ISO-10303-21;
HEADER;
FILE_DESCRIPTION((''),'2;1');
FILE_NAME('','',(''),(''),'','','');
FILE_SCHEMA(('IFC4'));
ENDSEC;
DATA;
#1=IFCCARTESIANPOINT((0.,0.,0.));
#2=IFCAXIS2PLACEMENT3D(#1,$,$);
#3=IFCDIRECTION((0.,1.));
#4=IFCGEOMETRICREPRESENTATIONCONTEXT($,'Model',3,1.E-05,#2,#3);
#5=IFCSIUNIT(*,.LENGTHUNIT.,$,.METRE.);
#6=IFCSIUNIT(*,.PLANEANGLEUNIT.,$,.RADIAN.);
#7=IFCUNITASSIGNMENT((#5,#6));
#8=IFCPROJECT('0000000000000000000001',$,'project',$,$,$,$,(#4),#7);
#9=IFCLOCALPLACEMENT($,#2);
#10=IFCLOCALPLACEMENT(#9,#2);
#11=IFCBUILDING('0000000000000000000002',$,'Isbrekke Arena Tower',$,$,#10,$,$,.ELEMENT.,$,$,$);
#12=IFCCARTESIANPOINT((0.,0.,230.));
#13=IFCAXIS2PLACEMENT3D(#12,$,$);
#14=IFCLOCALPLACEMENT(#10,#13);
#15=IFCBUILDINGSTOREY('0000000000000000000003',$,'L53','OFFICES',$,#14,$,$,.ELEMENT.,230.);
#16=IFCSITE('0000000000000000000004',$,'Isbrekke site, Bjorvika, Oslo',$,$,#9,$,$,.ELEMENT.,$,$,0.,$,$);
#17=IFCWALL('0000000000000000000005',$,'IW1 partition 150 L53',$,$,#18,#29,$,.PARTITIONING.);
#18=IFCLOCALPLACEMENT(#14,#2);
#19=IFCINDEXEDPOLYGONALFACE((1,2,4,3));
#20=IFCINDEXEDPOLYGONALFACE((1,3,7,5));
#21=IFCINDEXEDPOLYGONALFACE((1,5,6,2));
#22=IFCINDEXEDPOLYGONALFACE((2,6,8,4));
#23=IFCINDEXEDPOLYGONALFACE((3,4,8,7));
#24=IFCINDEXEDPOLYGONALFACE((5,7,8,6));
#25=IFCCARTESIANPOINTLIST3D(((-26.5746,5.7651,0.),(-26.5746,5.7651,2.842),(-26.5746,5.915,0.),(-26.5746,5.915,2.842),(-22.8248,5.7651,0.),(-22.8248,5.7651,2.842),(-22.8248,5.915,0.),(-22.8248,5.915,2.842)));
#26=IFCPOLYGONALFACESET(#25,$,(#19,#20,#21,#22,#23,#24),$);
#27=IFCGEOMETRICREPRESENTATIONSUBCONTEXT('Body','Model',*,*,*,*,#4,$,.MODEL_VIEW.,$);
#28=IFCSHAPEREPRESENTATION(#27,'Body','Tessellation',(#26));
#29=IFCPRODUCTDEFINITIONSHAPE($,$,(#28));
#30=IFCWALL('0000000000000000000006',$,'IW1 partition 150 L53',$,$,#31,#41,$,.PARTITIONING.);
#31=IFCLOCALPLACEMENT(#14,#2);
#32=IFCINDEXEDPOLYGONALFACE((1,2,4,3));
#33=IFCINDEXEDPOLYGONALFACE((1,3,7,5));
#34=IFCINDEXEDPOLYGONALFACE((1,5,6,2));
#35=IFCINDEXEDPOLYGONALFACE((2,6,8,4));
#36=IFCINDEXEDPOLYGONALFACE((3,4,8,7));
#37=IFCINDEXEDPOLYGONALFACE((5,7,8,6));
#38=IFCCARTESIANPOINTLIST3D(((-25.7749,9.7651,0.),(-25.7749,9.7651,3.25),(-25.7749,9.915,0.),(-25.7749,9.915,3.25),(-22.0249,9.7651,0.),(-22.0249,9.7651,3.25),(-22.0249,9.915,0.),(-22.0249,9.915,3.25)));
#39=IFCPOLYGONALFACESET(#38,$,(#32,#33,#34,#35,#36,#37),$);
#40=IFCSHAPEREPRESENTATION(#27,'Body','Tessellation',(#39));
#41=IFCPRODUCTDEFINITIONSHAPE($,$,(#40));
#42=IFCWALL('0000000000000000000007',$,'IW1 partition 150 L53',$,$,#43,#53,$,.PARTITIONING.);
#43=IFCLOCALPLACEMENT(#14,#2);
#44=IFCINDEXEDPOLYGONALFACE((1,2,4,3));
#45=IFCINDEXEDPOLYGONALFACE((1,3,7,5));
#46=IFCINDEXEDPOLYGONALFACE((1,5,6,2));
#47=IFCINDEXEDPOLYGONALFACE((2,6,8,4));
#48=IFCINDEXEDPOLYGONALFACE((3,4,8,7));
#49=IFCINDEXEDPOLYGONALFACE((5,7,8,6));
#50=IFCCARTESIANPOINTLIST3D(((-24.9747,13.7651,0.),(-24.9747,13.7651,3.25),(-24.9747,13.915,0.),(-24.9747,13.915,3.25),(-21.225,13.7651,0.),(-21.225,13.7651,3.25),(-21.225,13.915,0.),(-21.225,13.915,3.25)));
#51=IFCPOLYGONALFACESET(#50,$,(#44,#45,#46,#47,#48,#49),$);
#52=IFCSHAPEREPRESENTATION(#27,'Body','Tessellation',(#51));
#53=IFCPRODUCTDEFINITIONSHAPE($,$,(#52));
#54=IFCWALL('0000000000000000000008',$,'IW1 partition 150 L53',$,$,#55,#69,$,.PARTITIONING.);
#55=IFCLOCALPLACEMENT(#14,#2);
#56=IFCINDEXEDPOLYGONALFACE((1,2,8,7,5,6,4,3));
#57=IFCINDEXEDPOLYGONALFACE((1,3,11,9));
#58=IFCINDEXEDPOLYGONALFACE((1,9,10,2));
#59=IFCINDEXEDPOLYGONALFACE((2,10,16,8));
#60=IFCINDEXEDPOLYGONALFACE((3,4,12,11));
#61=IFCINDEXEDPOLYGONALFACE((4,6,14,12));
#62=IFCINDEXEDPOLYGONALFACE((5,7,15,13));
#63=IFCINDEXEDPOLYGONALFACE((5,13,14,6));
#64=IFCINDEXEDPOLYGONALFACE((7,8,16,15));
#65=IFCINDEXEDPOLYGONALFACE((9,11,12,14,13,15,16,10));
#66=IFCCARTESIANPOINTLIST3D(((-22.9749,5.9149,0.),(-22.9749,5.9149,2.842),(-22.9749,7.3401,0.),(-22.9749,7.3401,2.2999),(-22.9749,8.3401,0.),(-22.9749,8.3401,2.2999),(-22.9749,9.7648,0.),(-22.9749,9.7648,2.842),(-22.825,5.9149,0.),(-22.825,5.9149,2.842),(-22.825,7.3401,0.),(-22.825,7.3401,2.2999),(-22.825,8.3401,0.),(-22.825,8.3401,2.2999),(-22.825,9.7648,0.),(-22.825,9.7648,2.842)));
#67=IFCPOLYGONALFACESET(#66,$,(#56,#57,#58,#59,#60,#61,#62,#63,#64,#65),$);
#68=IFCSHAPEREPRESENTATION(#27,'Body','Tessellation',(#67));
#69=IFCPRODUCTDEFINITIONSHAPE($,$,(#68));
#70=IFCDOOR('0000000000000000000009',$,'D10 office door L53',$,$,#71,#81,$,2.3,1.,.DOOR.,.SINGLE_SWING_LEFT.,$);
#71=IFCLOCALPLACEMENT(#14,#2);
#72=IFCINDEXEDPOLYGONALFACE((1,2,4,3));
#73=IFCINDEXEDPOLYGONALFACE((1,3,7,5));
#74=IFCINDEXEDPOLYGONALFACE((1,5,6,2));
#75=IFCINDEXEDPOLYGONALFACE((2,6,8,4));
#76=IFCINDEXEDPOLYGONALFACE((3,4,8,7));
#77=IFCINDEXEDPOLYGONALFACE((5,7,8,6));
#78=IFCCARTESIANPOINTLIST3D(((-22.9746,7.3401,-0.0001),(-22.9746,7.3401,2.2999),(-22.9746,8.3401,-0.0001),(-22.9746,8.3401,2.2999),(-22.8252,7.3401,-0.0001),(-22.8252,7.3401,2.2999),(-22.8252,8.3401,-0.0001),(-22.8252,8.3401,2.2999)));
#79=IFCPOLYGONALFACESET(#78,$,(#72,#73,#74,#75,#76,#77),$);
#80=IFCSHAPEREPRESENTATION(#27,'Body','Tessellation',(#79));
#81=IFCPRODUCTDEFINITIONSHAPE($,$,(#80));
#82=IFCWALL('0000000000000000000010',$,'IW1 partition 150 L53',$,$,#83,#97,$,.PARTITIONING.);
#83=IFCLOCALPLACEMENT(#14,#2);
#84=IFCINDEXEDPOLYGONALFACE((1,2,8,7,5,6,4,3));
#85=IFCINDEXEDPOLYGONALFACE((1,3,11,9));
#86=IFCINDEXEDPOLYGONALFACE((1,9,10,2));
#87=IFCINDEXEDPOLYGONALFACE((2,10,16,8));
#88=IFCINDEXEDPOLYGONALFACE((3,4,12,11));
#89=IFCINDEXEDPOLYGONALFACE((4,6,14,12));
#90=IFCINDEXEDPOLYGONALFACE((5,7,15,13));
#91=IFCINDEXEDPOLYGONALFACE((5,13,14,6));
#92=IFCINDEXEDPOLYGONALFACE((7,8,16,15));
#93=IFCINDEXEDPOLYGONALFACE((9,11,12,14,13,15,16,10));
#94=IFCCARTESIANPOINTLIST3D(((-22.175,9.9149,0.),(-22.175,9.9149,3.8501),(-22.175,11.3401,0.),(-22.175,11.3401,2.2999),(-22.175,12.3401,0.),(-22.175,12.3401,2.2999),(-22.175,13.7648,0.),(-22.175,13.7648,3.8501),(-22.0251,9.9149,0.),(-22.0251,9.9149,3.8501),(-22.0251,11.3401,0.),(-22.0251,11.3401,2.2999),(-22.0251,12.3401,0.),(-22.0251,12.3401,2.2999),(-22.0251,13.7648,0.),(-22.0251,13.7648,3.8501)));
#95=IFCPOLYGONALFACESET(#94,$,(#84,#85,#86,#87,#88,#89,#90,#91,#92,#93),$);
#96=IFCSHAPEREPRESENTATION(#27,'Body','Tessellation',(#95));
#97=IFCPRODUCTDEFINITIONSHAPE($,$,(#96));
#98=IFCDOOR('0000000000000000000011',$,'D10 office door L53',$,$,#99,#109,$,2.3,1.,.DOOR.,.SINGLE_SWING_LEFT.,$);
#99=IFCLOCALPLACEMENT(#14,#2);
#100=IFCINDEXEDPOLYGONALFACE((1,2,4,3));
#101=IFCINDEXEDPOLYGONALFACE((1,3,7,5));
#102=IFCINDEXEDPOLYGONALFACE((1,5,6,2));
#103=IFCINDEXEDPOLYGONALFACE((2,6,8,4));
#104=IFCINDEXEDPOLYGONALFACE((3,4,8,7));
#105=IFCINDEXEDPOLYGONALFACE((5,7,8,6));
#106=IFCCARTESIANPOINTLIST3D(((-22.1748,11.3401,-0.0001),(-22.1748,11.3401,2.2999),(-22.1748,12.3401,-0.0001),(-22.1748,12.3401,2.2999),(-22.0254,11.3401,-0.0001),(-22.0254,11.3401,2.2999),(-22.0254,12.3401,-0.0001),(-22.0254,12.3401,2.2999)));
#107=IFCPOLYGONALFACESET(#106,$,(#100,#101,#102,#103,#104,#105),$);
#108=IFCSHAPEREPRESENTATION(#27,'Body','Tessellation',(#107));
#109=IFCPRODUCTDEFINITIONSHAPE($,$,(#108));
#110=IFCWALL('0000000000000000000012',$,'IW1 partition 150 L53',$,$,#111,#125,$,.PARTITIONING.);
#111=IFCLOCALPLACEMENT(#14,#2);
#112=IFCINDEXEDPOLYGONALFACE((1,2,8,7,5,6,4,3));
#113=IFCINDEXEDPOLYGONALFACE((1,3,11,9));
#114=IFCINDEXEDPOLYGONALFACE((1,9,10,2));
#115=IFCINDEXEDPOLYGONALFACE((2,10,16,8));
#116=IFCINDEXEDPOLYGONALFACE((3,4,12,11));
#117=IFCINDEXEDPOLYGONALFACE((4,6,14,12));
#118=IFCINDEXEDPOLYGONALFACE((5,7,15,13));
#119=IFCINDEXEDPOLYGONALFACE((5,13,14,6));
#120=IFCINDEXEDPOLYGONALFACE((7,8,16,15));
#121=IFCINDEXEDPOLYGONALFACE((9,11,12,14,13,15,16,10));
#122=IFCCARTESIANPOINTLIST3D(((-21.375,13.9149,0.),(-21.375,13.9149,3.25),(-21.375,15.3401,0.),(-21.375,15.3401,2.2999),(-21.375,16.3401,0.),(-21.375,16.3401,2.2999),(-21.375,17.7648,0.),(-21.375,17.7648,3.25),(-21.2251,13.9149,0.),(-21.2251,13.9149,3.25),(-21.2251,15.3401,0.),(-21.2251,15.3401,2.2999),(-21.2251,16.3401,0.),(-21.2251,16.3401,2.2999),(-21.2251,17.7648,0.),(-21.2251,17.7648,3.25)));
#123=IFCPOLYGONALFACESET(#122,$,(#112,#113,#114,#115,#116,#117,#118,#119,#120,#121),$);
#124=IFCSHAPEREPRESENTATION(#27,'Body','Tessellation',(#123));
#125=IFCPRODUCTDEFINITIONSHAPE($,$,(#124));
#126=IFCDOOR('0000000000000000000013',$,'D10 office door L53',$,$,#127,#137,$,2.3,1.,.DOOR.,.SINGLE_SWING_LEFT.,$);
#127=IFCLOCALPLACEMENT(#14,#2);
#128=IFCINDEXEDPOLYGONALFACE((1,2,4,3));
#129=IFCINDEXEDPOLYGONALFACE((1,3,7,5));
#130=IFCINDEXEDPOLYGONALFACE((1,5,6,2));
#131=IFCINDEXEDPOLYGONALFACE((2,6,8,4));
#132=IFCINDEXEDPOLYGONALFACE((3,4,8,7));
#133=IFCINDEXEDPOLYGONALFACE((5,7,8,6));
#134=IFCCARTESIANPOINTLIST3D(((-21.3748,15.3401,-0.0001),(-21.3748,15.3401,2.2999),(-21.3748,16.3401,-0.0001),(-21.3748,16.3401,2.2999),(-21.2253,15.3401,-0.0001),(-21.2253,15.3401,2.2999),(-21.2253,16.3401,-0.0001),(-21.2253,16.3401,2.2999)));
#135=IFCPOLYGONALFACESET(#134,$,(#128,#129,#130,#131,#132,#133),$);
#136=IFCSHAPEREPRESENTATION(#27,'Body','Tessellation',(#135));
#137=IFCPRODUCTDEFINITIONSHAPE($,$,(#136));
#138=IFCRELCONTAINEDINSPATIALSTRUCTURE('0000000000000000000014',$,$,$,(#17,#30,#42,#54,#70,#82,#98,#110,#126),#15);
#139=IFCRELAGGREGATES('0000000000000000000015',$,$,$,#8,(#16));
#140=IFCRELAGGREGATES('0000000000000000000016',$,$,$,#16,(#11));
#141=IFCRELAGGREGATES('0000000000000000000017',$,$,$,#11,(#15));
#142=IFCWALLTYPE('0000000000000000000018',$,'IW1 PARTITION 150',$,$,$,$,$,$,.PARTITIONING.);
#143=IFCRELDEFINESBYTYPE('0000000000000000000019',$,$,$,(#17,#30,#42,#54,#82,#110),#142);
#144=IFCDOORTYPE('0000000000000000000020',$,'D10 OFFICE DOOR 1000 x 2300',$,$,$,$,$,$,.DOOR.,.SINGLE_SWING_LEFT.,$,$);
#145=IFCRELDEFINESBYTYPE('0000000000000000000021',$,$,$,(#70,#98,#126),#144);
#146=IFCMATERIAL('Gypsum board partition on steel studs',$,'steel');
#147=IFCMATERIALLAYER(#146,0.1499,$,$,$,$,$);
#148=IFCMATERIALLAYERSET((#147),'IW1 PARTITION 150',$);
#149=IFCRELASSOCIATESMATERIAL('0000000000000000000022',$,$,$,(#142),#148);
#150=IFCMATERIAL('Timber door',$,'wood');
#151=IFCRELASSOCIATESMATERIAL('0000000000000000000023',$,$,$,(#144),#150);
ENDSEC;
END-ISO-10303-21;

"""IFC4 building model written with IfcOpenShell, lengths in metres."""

from ifc_helpers import new_model, si_unit, direction, frame, frame_2d, origin, place, context, subcontext, project, spatial, rectangle, extrude, material, layer, layer_set, type_object, element, fill, save


model = new_model("IFC4")

# Units and contexts
model_context = context("Model", 3, precision=1e-05, world=origin(), true_north=direction((0.0, 1.0)))
body_context = subcontext(model_context, "Body", "Model", "MODEL_VIEW")
ifc_project = project(units=[si_unit("LENGTHUNIT", "METRE"), si_unit("PLANEANGLEUNIT", "RADIAN")], contexts=[model_context])

# Site, building, storey
site_placement = place(None, origin())
site = spatial("IfcSite", under=ifc_project, at=site_placement, Name="Isbrekke site, Bjorvika, Oslo", CompositionType="ELEMENT", RefElevation=0.0)
building_placement = place(site_placement, origin())
building = spatial("IfcBuilding", under=site, at=building_placement, Name="Isbrekke Arena Tower", CompositionType="ELEMENT")
storey_placement = place(building_placement, frame((0.0, 0.0, 230.0)))
storey = spatial("IfcBuildingStorey", under=building, at=storey_placement, Name="L53", Description="OFFICES", CompositionType="ELEMENT", Elevation=230.0)

# Walls
ifc_material_1 = material(Name="Gypsum board partition on steel studs", Category="steel")
ifc_layer_1 = layer(ifc_material_1, 0.1499)
ifc_layer_set_1 = layer_set([ifc_layer_1], Name="IW1 PARTITION 150")
wall_type = type_object("IfcWallType", Name="IW1 PARTITION 150", PredefinedType="PARTITIONING", material=ifc_layer_set_1)
wall_1_placement = place(storey_placement, frame((-26.5747, 5.8401, 0.0), z_axis=(0.0, 0.0, 1.0), x_axis=(1.0, 0.0, 0.0)))
element("IfcWall", 1, at=wall_1_placement, inside=storey, type_object=wall_type, Name="IW1 partition 150 L53", PredefinedType="PARTITIONING", context=body_context, shape_type="SweptSolid", body=[
    extrude(rectangle(XDim=3.7498, YDim=0.1499, at=frame_2d((1.875, 0.0))), origin(), (0.0, 0.0, 1.0), 2.842),
])
wall_2_placement = place(storey_placement, frame((-25.7749, 9.8401, 0.0), z_axis=(0.0, 0.0, 1.0), x_axis=(1.0, 0.0, 0.0)))
element("IfcWall", 2, at=wall_2_placement, inside=storey, type_object=wall_type, Name="IW1 partition 150 L53", PredefinedType="PARTITIONING", context=body_context, shape_type="SweptSolid", body=[
    extrude(rectangle(XDim=3.75, YDim=0.1499, at=frame_2d((1.875, 0.0))), origin(), (0.0, 0.0, 1.0), 3.25),
])
wall_3_placement = place(storey_placement, frame((-24.9749, 13.8401, 0.0), z_axis=(0.0, 0.0, 1.0), x_axis=(1.0, 0.0, 0.0)))
element("IfcWall", 3, at=wall_3_placement, inside=storey, type_object=wall_type, Name="IW1 partition 150 L53", PredefinedType="PARTITIONING", context=body_context, shape_type="SweptSolid", body=[
    extrude(rectangle(XDim=3.7498, YDim=0.1499, at=frame_2d((1.875, 0.0))), origin(), (0.0, 0.0, 1.0), 3.25),
])

# Walls, openings, doors
wall_4_placement = place(storey_placement, frame((-22.8999, 5.915, 0.0), z_axis=(0.0, 0.0, 1.0), x_axis=(0.0, 1.0, 0.0)))
wall_4 = element("IfcWall", 4, at=wall_4_placement, inside=storey, type_object=wall_type, Name="IW1 partition 150 L53", PredefinedType="PARTITIONING", context=body_context, shape_type="SweptSolid", body=[
    extrude(rectangle(XDim=3.8499, YDim=0.1499, at=frame_2d((1.9248, 0.0))), origin(), (0.0, 0.0, 1.0), 2.842),
])
opening_1_placement = place(wall_4_placement, frame((1.425, 0.0, 0.0)))
opening_1 = element("IfcOpeningElement", 5, at=opening_1_placement, cuts=wall_4, PredefinedType="OPENING", context=body_context, shape_type="SweptSolid", body=[
    extrude(rectangle(XDim=1.0, YDim=2.3, at=frame_2d((0.5, 1.1499))), frame((0.0, 0.0898, 0.0), z_axis=(0.0, -1.0, 0.0), x_axis=(1.0, 0.0, 0.0)), (0.0, 0.0, 1.0), 0.1797),
])
ifc_material_2 = material(Name="Timber door", Category="wood")
door_type = type_object("IfcDoorType", Name="D10 OFFICE DOOR 1000 x 2300", OperationType="SINGLE_SWING_LEFT", PredefinedType="DOOR", material=ifc_material_2)
door_1_placement = place(opening_1_placement, origin())
door_1 = element("IfcDoor", 6, at=door_1_placement, inside=storey, type_object=door_type, Name="D10 office door L53", OperationType="SINGLE_SWING_LEFT", OverallHeight=2.3, OverallWidth=1.0, PredefinedType="DOOR", context=body_context, shape_type="SweptSolid", body=[
    extrude(rectangle(XDim=1.0, YDim=2.3, at=frame_2d((0.5, 1.1499))), frame((0.0, 0.0747, 0.0), z_axis=(0.0, -1.0, 0.0), x_axis=(1.0, 0.0, 0.0)), (0.0, 0.0, 1.0), 0.1494),
])
fill(opening_1, door_1)
wall_5_placement = place(storey_placement, frame((-22.1001, 9.915, 0.0), z_axis=(0.0, 0.0, 1.0), x_axis=(0.0, 1.0, 0.0)))
wall_5 = element("IfcWall", 7, at=wall_5_placement, inside=storey, type_object=wall_type, Name="IW1 partition 150 L53", PredefinedType="PARTITIONING", context=body_context, shape_type="SweptSolid", body=[
    extrude(rectangle(XDim=3.8499, YDim=0.1499, at=frame_2d((1.9248, 0.0))), origin(), (0.0, 0.0, 1.0), 3.8501),
])
opening_2_placement = place(wall_5_placement, frame((1.425, 0.0, 0.0)))
opening_2 = element("IfcOpeningElement", 8, at=opening_2_placement, cuts=wall_5, PredefinedType="OPENING", context=body_context, shape_type="SweptSolid", body=[
    extrude(rectangle(XDim=1.0, YDim=2.3, at=frame_2d((0.5, 1.1499))), frame((0.0, 0.0898, 0.0), z_axis=(0.0, -1.0, 0.0), x_axis=(1.0, 0.0, 0.0)), (0.0, 0.0, 1.0), 0.1797),
])
door_2_placement = place(opening_2_placement, origin())
door_2 = element("IfcDoor", 9, at=door_2_placement, inside=storey, type_object=door_type, Name="D10 office door L53", OperationType="SINGLE_SWING_LEFT", OverallHeight=2.3, OverallWidth=1.0, PredefinedType="DOOR", context=body_context, shape_type="SweptSolid", body=[
    extrude(rectangle(XDim=1.0, YDim=2.3, at=frame_2d((0.5, 1.1499))), frame((0.0, 0.0747, 0.0), z_axis=(0.0, -1.0, 0.0), x_axis=(1.0, 0.0, 0.0)), (0.0, 0.0, 1.0), 0.1494),
])
fill(opening_2, door_2)
wall_6_placement = place(storey_placement, frame((-21.3, 13.915, 0.0), z_axis=(0.0, 0.0, 1.0), x_axis=(0.0, 1.0, 0.0)))
wall_6 = element("IfcWall", 10, at=wall_6_placement, inside=storey, type_object=wall_type, Name="IW1 partition 150 L53", PredefinedType="PARTITIONING", context=body_context, shape_type="SweptSolid", body=[
    extrude(rectangle(XDim=3.8499, YDim=0.1499, at=frame_2d((1.9248, 0.0))), origin(), (0.0, 0.0, 1.0), 3.25),
])
opening_3_placement = place(wall_6_placement, frame((1.425, 0.0, 0.0)))
opening_3 = element("IfcOpeningElement", 11, at=opening_3_placement, cuts=wall_6, PredefinedType="OPENING", context=body_context, shape_type="SweptSolid", body=[
    extrude(rectangle(XDim=1.0, YDim=2.3, at=frame_2d((0.5, 1.1499))), frame((0.0, 0.0898, 0.0), z_axis=(0.0, -1.0, 0.0), x_axis=(1.0, 0.0, 0.0)), (0.0, 0.0, 1.0), 0.1797),
])
door_3_placement = place(opening_3_placement, origin())
door_3 = element("IfcDoor", 12, at=door_3_placement, inside=storey, type_object=door_type, Name="D10 office door L53", OperationType="SINGLE_SWING_LEFT", OverallHeight=2.3, OverallWidth=1.0, PredefinedType="DOOR", context=body_context, shape_type="SweptSolid", body=[
    extrude(rectangle(XDim=1.0, YDim=2.3, at=frame_2d((0.5, 1.1499))), frame((0.0, 0.0747, 0.0), z_axis=(0.0, -1.0, 0.0), x_axis=(1.0, 0.0, 0.0)), (0.0, 0.0, 1.0), 0.1494),
])
fill(opening_3, door_3)

save(model, "model.ifc")
